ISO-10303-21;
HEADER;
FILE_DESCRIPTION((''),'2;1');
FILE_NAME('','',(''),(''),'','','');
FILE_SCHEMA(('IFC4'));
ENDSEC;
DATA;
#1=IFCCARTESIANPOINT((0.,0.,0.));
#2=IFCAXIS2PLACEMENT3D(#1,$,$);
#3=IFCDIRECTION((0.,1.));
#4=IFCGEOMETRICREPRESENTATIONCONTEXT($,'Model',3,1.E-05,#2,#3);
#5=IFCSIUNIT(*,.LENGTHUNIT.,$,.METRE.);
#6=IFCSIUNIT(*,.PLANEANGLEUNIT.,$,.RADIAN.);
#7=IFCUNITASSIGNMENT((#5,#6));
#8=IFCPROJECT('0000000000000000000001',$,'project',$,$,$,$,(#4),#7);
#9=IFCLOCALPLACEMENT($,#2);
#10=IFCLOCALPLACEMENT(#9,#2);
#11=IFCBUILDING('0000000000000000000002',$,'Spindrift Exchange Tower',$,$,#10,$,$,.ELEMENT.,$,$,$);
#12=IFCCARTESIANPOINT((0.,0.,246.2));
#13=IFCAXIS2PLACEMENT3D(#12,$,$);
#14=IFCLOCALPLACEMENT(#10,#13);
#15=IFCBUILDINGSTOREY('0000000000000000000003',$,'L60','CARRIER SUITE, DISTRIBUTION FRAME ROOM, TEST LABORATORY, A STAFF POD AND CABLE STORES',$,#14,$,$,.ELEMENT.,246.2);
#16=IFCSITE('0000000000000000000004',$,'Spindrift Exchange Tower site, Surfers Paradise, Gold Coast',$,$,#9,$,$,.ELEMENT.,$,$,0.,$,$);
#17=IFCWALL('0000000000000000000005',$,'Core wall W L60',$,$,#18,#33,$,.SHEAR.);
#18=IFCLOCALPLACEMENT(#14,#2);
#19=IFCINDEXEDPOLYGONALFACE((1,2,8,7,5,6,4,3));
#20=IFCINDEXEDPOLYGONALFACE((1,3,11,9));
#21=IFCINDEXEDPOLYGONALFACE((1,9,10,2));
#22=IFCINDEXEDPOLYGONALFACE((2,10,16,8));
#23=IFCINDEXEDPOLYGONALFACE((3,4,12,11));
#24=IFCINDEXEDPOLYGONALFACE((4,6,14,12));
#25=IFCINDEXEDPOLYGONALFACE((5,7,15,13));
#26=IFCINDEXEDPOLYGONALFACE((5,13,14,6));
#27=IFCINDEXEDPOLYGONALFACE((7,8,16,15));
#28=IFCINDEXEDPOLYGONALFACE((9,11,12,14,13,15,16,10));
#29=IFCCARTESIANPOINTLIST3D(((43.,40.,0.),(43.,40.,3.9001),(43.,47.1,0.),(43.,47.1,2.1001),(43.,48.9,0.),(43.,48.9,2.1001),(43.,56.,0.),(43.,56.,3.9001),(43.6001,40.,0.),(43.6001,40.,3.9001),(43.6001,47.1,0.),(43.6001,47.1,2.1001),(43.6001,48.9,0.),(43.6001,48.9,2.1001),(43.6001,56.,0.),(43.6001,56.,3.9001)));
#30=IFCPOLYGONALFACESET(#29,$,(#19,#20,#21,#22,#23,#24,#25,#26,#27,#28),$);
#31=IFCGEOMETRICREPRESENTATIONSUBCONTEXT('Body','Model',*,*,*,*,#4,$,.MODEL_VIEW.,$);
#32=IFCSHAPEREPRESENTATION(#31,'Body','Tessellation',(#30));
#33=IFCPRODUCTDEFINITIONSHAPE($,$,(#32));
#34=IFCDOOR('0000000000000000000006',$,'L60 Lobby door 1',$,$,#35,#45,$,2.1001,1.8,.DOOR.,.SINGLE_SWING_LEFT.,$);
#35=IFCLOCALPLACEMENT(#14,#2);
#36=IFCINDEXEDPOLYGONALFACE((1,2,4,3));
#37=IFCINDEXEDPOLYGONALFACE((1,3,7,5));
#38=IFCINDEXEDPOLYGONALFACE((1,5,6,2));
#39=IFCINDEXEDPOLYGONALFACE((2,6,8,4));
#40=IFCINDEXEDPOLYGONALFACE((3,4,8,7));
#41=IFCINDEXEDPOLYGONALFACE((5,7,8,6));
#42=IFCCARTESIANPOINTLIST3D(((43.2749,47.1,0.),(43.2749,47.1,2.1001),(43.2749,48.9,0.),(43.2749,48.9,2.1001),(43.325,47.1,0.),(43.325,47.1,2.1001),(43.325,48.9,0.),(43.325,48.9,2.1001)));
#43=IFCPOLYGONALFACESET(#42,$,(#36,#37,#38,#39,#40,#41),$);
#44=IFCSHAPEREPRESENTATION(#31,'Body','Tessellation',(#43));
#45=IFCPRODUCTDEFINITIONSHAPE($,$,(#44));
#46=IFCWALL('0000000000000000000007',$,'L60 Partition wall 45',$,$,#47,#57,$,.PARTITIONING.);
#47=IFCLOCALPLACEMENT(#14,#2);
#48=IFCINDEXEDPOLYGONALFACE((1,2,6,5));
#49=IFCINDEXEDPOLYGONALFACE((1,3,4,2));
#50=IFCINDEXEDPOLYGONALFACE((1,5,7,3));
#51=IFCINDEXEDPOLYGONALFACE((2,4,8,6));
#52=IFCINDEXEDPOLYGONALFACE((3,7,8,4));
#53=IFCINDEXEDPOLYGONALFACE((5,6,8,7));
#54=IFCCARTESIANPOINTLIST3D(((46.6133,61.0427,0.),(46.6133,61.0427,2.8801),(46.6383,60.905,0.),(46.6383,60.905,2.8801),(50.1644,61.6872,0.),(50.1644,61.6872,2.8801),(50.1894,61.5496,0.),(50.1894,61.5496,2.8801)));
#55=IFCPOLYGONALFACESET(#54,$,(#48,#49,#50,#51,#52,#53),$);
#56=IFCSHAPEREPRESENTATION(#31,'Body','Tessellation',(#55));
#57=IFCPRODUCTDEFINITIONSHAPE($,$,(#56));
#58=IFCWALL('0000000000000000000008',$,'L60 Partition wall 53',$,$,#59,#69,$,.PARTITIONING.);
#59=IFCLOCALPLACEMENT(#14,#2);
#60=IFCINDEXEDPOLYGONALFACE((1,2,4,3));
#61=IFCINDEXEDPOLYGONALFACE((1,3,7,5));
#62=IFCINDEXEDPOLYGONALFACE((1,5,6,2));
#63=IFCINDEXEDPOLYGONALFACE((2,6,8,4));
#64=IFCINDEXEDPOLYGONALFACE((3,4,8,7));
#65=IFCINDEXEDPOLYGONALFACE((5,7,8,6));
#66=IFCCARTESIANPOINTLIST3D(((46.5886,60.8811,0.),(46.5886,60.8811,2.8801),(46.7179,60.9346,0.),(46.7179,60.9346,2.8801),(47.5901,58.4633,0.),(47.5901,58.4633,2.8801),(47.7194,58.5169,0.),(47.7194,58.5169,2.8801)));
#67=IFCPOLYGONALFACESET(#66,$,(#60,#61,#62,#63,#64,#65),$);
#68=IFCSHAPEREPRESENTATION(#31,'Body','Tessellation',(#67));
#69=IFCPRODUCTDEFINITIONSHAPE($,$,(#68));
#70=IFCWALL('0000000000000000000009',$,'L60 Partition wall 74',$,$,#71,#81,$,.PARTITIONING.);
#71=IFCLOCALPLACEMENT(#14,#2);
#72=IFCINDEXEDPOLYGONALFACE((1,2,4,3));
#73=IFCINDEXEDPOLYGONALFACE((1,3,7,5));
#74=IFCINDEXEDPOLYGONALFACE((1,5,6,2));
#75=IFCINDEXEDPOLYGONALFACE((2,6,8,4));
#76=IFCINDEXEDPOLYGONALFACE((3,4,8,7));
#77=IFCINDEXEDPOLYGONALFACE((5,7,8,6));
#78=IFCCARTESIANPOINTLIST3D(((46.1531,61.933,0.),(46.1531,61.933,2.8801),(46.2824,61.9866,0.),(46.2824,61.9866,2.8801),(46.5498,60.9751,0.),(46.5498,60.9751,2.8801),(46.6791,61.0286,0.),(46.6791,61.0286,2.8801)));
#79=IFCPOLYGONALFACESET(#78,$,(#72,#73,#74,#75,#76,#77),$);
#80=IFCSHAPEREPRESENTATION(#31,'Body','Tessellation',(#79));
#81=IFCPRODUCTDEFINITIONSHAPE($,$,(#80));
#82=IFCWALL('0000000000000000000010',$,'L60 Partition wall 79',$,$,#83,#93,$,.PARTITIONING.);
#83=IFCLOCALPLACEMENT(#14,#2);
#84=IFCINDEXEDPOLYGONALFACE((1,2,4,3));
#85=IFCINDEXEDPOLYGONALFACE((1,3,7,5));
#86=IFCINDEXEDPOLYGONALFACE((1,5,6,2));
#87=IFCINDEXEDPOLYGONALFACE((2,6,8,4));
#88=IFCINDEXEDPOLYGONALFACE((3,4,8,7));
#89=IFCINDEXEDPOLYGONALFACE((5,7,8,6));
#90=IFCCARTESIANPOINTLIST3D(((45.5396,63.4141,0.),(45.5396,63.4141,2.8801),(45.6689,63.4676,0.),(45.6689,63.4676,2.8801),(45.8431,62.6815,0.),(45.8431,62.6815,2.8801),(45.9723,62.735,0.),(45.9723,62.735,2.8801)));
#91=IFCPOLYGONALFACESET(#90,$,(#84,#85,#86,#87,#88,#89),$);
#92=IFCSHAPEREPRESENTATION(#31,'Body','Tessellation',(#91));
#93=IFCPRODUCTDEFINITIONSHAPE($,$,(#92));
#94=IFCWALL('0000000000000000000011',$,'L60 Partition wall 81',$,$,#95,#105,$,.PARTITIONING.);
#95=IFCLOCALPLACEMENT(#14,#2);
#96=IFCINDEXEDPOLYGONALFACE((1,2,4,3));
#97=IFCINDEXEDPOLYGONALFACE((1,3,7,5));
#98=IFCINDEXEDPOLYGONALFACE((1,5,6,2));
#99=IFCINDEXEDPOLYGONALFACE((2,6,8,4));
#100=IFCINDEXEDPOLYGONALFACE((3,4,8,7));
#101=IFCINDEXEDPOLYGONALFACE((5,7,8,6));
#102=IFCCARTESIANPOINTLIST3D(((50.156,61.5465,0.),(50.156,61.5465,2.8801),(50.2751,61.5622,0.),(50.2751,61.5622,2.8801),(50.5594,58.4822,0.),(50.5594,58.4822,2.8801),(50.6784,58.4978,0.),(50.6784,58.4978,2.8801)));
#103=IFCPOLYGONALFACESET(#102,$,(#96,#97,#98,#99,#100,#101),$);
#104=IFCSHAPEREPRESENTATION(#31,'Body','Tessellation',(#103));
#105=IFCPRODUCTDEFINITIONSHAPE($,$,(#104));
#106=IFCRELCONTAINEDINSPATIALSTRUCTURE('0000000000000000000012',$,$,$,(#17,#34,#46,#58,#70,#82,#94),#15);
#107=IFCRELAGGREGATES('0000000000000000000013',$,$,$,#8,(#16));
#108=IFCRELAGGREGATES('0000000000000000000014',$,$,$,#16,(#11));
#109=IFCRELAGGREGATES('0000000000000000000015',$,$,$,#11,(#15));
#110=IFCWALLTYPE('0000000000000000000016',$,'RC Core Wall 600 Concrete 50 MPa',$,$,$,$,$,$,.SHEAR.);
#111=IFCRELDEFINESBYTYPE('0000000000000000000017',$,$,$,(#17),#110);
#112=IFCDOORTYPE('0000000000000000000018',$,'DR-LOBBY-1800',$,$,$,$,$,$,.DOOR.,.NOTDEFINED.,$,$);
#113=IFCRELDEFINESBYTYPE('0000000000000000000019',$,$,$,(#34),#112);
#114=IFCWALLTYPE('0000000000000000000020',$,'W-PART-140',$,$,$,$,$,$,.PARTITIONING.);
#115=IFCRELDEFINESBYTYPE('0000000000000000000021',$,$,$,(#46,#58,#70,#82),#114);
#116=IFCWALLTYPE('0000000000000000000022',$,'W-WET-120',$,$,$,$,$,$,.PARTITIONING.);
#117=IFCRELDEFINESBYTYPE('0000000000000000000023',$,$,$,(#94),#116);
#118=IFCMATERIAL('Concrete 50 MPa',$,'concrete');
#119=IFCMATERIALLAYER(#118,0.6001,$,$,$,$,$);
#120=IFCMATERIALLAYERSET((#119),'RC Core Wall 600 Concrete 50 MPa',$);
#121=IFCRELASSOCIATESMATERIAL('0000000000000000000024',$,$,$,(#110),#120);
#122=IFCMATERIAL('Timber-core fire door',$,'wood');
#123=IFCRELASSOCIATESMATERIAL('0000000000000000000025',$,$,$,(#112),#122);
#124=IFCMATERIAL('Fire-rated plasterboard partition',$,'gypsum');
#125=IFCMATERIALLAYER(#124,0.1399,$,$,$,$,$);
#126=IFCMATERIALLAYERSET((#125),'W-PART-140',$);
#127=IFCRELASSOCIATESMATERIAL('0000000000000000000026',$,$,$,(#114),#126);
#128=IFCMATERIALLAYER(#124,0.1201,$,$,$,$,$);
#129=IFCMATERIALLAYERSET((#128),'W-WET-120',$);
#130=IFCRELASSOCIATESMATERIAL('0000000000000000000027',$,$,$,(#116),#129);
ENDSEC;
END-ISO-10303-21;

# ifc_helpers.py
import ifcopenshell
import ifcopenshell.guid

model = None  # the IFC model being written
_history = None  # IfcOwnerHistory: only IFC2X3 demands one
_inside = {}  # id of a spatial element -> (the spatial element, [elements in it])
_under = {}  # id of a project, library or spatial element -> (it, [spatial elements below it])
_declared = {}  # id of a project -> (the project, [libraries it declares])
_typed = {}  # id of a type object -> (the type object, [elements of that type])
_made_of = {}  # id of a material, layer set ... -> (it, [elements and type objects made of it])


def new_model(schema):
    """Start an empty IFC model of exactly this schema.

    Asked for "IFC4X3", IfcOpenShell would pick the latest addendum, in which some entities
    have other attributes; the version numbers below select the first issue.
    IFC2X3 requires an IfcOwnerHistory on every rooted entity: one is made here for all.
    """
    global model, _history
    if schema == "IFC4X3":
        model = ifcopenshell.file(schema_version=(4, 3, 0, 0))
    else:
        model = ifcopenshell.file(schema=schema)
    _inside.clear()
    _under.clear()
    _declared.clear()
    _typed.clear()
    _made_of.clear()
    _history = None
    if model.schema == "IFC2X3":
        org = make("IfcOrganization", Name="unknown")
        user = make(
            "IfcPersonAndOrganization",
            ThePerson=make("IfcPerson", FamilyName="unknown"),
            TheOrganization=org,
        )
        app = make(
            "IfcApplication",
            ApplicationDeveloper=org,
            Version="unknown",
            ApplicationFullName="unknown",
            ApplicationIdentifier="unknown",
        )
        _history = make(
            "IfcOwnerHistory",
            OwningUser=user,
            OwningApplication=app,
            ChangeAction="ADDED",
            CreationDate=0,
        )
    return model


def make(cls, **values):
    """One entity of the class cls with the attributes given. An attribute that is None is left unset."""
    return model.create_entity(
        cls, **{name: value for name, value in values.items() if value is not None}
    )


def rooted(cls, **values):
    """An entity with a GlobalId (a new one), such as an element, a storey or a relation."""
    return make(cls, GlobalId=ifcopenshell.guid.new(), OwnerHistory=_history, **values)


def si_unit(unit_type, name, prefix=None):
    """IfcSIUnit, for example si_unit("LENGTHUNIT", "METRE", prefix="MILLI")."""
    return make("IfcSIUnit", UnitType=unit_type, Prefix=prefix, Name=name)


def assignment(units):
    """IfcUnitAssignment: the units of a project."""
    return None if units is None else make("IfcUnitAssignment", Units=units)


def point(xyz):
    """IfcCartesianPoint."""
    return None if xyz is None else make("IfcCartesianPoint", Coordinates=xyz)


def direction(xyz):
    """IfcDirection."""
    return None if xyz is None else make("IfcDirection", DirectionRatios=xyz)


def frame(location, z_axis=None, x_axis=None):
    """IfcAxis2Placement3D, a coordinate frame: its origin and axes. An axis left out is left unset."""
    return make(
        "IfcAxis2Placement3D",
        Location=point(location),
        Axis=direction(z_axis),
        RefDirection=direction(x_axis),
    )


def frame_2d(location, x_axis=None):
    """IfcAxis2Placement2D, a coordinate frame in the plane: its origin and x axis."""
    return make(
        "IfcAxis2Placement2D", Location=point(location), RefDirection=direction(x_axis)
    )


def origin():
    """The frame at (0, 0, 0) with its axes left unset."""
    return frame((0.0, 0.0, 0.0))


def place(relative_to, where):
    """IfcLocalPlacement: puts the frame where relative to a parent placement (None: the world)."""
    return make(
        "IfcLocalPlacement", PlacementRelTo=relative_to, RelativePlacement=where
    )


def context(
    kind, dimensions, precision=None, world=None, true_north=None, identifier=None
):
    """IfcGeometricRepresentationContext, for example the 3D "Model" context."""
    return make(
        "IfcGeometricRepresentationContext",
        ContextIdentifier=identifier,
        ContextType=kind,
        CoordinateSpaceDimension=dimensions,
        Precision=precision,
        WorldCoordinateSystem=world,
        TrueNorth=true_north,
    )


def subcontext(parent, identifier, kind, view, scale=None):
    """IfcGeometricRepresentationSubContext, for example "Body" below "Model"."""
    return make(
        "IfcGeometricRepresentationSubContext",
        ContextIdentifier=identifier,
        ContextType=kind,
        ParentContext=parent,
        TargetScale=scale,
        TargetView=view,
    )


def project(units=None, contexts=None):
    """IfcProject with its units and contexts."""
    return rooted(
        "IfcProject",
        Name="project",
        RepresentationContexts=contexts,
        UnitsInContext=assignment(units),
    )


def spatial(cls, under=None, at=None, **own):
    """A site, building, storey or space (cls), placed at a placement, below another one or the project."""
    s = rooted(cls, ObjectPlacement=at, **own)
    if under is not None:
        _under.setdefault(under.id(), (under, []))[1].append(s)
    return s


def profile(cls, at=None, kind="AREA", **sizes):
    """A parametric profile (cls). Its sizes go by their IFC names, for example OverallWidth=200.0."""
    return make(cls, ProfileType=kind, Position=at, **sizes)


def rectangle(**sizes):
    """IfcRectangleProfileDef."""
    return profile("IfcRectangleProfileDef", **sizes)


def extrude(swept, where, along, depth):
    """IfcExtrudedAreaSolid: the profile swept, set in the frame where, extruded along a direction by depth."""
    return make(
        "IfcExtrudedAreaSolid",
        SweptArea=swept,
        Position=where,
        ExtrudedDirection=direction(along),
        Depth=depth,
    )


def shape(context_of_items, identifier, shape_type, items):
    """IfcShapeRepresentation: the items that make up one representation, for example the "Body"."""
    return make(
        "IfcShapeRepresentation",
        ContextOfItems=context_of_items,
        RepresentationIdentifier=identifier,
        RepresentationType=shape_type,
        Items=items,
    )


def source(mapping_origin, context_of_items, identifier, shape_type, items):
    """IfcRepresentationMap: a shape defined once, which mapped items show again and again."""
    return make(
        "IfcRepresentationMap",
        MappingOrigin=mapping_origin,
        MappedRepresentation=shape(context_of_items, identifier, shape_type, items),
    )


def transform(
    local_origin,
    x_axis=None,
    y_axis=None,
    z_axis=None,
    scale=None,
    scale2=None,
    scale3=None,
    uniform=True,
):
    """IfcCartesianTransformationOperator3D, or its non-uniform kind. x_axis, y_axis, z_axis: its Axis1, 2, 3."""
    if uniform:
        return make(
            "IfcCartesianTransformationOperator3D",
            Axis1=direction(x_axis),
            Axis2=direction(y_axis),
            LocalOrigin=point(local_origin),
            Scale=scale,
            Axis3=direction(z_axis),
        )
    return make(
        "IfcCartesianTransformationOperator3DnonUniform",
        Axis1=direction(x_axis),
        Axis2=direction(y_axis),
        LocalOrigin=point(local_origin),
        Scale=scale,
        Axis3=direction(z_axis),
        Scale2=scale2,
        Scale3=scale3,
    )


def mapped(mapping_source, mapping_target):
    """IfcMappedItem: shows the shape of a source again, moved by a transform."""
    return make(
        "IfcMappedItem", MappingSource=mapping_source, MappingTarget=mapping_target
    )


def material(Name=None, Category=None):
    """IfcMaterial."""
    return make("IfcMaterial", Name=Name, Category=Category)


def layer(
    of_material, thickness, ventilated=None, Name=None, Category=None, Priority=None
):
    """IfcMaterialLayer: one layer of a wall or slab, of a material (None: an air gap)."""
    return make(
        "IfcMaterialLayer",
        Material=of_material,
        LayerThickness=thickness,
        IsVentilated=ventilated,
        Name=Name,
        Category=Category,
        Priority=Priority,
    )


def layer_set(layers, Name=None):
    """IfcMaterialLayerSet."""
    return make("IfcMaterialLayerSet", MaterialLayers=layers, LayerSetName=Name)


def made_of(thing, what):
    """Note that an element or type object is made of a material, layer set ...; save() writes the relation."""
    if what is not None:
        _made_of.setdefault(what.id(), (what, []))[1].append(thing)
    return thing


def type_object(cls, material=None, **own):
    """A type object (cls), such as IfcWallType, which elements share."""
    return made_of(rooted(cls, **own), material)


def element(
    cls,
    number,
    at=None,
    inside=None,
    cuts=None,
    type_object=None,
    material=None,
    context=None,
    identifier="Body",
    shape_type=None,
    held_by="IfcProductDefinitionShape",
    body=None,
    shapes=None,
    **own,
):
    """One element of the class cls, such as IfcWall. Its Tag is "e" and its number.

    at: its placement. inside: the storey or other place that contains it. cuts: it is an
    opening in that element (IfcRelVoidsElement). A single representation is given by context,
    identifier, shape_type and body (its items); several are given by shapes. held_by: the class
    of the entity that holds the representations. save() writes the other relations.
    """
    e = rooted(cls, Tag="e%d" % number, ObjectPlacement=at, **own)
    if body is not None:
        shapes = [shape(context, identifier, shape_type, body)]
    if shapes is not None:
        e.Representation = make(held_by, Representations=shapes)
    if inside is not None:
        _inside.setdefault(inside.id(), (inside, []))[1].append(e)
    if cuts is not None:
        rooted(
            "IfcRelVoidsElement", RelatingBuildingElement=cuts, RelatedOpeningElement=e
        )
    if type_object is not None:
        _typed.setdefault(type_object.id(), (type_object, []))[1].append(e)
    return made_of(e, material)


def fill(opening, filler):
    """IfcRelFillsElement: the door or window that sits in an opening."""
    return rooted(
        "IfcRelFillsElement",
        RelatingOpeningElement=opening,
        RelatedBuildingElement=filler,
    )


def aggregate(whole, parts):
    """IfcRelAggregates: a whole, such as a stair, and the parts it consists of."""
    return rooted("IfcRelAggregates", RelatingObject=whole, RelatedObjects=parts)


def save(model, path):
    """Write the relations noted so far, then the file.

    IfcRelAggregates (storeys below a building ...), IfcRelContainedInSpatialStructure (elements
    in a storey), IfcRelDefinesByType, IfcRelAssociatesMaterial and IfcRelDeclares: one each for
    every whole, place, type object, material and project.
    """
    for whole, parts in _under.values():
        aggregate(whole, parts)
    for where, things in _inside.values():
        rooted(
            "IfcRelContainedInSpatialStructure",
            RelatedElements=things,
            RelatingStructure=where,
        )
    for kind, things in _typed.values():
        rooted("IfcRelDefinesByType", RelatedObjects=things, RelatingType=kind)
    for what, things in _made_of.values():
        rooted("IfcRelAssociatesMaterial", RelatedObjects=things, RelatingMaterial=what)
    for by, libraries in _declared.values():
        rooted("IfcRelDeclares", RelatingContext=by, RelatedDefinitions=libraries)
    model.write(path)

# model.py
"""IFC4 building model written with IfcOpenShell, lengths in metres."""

from ifc_helpers import new_model, si_unit, direction, frame, frame_2d, origin, place, context, subcontext, project, spatial, rectangle, extrude, source, transform, mapped, material, layer, layer_set, type_object, element, fill, save


model = new_model("IFC4")

# Units and contexts
model_context = context("Model", 3, precision=1e-05, world=origin(), true_north=direction((0.0, 1.0)))
body_context = subcontext(model_context, "Body", "Model", "MODEL_VIEW")
ifc_project = project(units=[si_unit("LENGTHUNIT", "METRE"), si_unit("PLANEANGLEUNIT", "RADIAN")], contexts=[model_context])

# Site, building, storey
site_placement = place(None, origin())
site = spatial("IfcSite", under=ifc_project, at=site_placement, Name="Spindrift Exchange Tower site, Surfers Paradise, Gold Coast", CompositionType="ELEMENT", RefElevation=0.0)
building_placement = place(site_placement, origin())
building = spatial("IfcBuilding", under=site, at=building_placement, Name="Spindrift Exchange Tower", CompositionType="ELEMENT")
storey_placement = place(building_placement, frame((0.0, 0.0, 246.2)))
storey = spatial("IfcBuildingStorey", under=building, at=storey_placement, Name="L60", Description="CARRIER SUITE, DISTRIBUTION FRAME ROOM, TEST LABORATORY, A STAFF POD AND CABLE STORES", CompositionType="ELEMENT", Elevation=246.2)

# Wall, opening, door
ifc_material_1 = material(Name="Concrete 50 MPa", Category="concrete")
ifc_layer_1 = layer(ifc_material_1, 0.6001)
ifc_layer_set_1 = layer_set([ifc_layer_1], Name="RC Core Wall 600 Concrete 50 MPa")
wall_type_1 = type_object("IfcWallType", Name="RC Core Wall 600 Concrete 50 MPa", PredefinedType="SHEAR", material=ifc_layer_set_1)
wall_1_placement = place(storey_placement, frame((43.3, 56.0, 0.0), z_axis=(0.0, 0.0, 1.0), x_axis=(0.0, -1.0, 0.0)))
wall_1 = element("IfcWall", 1, at=wall_1_placement, inside=storey, type_object=wall_type_1, Name="Core wall W L60", PredefinedType="SHEAR", context=body_context, shape_type="SweptSolid", body=[
    extrude(rectangle(XDim=16.0, YDim=0.6001, at=frame_2d((8.0, 0.0))), origin(), (0.0, 0.0, 1.0), 3.9001),
])
opening_placement = place(wall_1_placement, frame((7.1001, 0.0, 0.0)))
opening = element("IfcOpeningElement", 2, at=opening_placement, cuts=wall_1, PredefinedType="OPENING", context=body_context, shape_type="SweptSolid", body=[
    extrude(rectangle(XDim=1.8, YDim=2.1001, at=frame_2d((0.8999, 1.05))), frame((0.0, 0.3101, 0.0), z_axis=(0.0, -1.0, 0.0), x_axis=(1.0, 0.0, 0.0)), (0.0, 0.0, 1.0), 0.6201),
])
ifc_material_2 = material(Name="Timber-core fire door", Category="wood")
door_type = type_object("IfcDoorType", Name="DR-LOBBY-1800", OperationType="NOTDEFINED", PredefinedType="DOOR", material=ifc_material_2)
shared_shape_1 = source(origin(), body_context, "Body", "SweptSolid", [
    extrude(rectangle(XDim=1.8, YDim=2.1001, at=frame_2d((0.8999, 1.05))), frame((0.0, 0.0249, 0.0), z_axis=(0.0, -1.0, 0.0), x_axis=(1.0, 0.0, 0.0)), (0.0, 0.0, 1.0), 0.05),
])
door_placement = place(opening_placement, origin())
door = element("IfcDoor", 3, at=door_placement, inside=storey, type_object=door_type, Name="L60 Lobby door 1", OperationType="SINGLE_SWING_LEFT", OverallHeight=2.1001, OverallWidth=1.8, PredefinedType="DOOR", context=body_context, shape_type="MappedRepresentation", body=[
    mapped(shared_shape_1, transform((0.0, 0.0, 0.0), scale=1.0)),
])
fill(opening, door)

# Walls
ifc_material_3 = material(Name="Fire-rated plasterboard partition", Category="gypsum")
ifc_layer_2 = layer(ifc_material_3, 0.1399)
ifc_layer_set_2 = layer_set([ifc_layer_2], Name="W-PART-140")
wall_type_2 = type_object("IfcWallType", Name="W-PART-140", PredefinedType="PARTITIONING", material=ifc_layer_set_2)
wall_2_placement = place(storey_placement, frame((50.177, 61.6184, 0.0), z_axis=(0.0, 0.0, 1.0), x_axis=(-0.983924, -0.178588, 0.0)))
element("IfcWall", 4, at=wall_2_placement, inside=storey, type_object=wall_type_2, Name="L60 Partition wall 45", PredefinedType="PARTITIONING", context=body_context, shape_type="SweptSolid", body=[
    extrude(rectangle(XDim=3.6091, YDim=0.1399, at=frame_2d((1.8047, 0.0))), origin(), (0.0, 0.0, 1.0), 2.8801),
])
wall_3_placement = place(storey_placement, frame((47.6548, 58.49, 0.0), z_axis=(0.0, 0.0, 1.0), x_axis=(-0.382687, 0.923878, 0.0)))
element("IfcWall", 5, at=wall_3_placement, inside=storey, type_object=wall_type_2, Name="L60 Partition wall 53", PredefinedType="PARTITIONING", context=body_context, shape_type="SweptSolid", body=[
    extrude(rectangle(XDim=2.6169, YDim=0.1399, at=frame_2d((1.3086, 0.0))), origin(), (0.0, 0.0, 1.0), 2.8801),
])
wall_4_placement = place(storey_placement, frame((46.6145, 61.0017, 0.0), z_axis=(0.0, 0.0, 1.0), x_axis=(-0.382608, 0.923911, 0.0)))
element("IfcWall", 6, at=wall_4_placement, inside=storey, type_object=wall_type_2, Name="L60 Partition wall 74", PredefinedType="PARTITIONING", context=body_context, shape_type="SweptSolid", body=[
    extrude(rectangle(XDim=1.0369, YDim=0.1399, at=frame_2d((0.5186, 0.0))), origin(), (0.0, 0.0, 1.0), 2.8801),
])
wall_5_placement = place(storey_placement, frame((45.9077, 62.7083, 0.0), z_axis=(0.0, 0.0, 1.0), x_axis=(-0.382669, 0.923886, 0.0)))
element("IfcWall", 7, at=wall_5_placement, inside=storey, type_object=wall_type_2, Name="L60 Partition wall 79", PredefinedType="PARTITIONING", context=body_context, shape_type="SweptSolid", body=[
    extrude(rectangle(XDim=0.793, YDim=0.1399, at=frame_2d((0.3965, 0.0))), origin(), (0.0, 0.0, 1.0), 2.8801),
])
ifc_layer_3 = layer(ifc_material_3, 0.1201)
ifc_layer_set_3 = layer_set([ifc_layer_3], Name="W-WET-120")
wall_type_3 = type_object("IfcWallType", Name="W-WET-120", PredefinedType="PARTITIONING", material=ifc_layer_set_3)
wall_6_placement = place(storey_placement, frame((50.6189, 58.49, 0.0), z_axis=(0.0, 0.0, 1.0), x_axis=(-0.130487, 0.99145, 0.0)))
element("IfcWall", 8, at=wall_6_placement, inside=storey, type_object=wall_type_3, Name="L60 Partition wall 81", PredefinedType="PARTITIONING", context=body_context, shape_type="SweptSolid", body=[
    extrude(rectangle(XDim=3.0908, YDim=0.1201, at=frame_2d((1.5454, 0.0))), origin(), (0.0, 0.0, 1.0), 2.8801),
])

save(model, "model.ifc")
